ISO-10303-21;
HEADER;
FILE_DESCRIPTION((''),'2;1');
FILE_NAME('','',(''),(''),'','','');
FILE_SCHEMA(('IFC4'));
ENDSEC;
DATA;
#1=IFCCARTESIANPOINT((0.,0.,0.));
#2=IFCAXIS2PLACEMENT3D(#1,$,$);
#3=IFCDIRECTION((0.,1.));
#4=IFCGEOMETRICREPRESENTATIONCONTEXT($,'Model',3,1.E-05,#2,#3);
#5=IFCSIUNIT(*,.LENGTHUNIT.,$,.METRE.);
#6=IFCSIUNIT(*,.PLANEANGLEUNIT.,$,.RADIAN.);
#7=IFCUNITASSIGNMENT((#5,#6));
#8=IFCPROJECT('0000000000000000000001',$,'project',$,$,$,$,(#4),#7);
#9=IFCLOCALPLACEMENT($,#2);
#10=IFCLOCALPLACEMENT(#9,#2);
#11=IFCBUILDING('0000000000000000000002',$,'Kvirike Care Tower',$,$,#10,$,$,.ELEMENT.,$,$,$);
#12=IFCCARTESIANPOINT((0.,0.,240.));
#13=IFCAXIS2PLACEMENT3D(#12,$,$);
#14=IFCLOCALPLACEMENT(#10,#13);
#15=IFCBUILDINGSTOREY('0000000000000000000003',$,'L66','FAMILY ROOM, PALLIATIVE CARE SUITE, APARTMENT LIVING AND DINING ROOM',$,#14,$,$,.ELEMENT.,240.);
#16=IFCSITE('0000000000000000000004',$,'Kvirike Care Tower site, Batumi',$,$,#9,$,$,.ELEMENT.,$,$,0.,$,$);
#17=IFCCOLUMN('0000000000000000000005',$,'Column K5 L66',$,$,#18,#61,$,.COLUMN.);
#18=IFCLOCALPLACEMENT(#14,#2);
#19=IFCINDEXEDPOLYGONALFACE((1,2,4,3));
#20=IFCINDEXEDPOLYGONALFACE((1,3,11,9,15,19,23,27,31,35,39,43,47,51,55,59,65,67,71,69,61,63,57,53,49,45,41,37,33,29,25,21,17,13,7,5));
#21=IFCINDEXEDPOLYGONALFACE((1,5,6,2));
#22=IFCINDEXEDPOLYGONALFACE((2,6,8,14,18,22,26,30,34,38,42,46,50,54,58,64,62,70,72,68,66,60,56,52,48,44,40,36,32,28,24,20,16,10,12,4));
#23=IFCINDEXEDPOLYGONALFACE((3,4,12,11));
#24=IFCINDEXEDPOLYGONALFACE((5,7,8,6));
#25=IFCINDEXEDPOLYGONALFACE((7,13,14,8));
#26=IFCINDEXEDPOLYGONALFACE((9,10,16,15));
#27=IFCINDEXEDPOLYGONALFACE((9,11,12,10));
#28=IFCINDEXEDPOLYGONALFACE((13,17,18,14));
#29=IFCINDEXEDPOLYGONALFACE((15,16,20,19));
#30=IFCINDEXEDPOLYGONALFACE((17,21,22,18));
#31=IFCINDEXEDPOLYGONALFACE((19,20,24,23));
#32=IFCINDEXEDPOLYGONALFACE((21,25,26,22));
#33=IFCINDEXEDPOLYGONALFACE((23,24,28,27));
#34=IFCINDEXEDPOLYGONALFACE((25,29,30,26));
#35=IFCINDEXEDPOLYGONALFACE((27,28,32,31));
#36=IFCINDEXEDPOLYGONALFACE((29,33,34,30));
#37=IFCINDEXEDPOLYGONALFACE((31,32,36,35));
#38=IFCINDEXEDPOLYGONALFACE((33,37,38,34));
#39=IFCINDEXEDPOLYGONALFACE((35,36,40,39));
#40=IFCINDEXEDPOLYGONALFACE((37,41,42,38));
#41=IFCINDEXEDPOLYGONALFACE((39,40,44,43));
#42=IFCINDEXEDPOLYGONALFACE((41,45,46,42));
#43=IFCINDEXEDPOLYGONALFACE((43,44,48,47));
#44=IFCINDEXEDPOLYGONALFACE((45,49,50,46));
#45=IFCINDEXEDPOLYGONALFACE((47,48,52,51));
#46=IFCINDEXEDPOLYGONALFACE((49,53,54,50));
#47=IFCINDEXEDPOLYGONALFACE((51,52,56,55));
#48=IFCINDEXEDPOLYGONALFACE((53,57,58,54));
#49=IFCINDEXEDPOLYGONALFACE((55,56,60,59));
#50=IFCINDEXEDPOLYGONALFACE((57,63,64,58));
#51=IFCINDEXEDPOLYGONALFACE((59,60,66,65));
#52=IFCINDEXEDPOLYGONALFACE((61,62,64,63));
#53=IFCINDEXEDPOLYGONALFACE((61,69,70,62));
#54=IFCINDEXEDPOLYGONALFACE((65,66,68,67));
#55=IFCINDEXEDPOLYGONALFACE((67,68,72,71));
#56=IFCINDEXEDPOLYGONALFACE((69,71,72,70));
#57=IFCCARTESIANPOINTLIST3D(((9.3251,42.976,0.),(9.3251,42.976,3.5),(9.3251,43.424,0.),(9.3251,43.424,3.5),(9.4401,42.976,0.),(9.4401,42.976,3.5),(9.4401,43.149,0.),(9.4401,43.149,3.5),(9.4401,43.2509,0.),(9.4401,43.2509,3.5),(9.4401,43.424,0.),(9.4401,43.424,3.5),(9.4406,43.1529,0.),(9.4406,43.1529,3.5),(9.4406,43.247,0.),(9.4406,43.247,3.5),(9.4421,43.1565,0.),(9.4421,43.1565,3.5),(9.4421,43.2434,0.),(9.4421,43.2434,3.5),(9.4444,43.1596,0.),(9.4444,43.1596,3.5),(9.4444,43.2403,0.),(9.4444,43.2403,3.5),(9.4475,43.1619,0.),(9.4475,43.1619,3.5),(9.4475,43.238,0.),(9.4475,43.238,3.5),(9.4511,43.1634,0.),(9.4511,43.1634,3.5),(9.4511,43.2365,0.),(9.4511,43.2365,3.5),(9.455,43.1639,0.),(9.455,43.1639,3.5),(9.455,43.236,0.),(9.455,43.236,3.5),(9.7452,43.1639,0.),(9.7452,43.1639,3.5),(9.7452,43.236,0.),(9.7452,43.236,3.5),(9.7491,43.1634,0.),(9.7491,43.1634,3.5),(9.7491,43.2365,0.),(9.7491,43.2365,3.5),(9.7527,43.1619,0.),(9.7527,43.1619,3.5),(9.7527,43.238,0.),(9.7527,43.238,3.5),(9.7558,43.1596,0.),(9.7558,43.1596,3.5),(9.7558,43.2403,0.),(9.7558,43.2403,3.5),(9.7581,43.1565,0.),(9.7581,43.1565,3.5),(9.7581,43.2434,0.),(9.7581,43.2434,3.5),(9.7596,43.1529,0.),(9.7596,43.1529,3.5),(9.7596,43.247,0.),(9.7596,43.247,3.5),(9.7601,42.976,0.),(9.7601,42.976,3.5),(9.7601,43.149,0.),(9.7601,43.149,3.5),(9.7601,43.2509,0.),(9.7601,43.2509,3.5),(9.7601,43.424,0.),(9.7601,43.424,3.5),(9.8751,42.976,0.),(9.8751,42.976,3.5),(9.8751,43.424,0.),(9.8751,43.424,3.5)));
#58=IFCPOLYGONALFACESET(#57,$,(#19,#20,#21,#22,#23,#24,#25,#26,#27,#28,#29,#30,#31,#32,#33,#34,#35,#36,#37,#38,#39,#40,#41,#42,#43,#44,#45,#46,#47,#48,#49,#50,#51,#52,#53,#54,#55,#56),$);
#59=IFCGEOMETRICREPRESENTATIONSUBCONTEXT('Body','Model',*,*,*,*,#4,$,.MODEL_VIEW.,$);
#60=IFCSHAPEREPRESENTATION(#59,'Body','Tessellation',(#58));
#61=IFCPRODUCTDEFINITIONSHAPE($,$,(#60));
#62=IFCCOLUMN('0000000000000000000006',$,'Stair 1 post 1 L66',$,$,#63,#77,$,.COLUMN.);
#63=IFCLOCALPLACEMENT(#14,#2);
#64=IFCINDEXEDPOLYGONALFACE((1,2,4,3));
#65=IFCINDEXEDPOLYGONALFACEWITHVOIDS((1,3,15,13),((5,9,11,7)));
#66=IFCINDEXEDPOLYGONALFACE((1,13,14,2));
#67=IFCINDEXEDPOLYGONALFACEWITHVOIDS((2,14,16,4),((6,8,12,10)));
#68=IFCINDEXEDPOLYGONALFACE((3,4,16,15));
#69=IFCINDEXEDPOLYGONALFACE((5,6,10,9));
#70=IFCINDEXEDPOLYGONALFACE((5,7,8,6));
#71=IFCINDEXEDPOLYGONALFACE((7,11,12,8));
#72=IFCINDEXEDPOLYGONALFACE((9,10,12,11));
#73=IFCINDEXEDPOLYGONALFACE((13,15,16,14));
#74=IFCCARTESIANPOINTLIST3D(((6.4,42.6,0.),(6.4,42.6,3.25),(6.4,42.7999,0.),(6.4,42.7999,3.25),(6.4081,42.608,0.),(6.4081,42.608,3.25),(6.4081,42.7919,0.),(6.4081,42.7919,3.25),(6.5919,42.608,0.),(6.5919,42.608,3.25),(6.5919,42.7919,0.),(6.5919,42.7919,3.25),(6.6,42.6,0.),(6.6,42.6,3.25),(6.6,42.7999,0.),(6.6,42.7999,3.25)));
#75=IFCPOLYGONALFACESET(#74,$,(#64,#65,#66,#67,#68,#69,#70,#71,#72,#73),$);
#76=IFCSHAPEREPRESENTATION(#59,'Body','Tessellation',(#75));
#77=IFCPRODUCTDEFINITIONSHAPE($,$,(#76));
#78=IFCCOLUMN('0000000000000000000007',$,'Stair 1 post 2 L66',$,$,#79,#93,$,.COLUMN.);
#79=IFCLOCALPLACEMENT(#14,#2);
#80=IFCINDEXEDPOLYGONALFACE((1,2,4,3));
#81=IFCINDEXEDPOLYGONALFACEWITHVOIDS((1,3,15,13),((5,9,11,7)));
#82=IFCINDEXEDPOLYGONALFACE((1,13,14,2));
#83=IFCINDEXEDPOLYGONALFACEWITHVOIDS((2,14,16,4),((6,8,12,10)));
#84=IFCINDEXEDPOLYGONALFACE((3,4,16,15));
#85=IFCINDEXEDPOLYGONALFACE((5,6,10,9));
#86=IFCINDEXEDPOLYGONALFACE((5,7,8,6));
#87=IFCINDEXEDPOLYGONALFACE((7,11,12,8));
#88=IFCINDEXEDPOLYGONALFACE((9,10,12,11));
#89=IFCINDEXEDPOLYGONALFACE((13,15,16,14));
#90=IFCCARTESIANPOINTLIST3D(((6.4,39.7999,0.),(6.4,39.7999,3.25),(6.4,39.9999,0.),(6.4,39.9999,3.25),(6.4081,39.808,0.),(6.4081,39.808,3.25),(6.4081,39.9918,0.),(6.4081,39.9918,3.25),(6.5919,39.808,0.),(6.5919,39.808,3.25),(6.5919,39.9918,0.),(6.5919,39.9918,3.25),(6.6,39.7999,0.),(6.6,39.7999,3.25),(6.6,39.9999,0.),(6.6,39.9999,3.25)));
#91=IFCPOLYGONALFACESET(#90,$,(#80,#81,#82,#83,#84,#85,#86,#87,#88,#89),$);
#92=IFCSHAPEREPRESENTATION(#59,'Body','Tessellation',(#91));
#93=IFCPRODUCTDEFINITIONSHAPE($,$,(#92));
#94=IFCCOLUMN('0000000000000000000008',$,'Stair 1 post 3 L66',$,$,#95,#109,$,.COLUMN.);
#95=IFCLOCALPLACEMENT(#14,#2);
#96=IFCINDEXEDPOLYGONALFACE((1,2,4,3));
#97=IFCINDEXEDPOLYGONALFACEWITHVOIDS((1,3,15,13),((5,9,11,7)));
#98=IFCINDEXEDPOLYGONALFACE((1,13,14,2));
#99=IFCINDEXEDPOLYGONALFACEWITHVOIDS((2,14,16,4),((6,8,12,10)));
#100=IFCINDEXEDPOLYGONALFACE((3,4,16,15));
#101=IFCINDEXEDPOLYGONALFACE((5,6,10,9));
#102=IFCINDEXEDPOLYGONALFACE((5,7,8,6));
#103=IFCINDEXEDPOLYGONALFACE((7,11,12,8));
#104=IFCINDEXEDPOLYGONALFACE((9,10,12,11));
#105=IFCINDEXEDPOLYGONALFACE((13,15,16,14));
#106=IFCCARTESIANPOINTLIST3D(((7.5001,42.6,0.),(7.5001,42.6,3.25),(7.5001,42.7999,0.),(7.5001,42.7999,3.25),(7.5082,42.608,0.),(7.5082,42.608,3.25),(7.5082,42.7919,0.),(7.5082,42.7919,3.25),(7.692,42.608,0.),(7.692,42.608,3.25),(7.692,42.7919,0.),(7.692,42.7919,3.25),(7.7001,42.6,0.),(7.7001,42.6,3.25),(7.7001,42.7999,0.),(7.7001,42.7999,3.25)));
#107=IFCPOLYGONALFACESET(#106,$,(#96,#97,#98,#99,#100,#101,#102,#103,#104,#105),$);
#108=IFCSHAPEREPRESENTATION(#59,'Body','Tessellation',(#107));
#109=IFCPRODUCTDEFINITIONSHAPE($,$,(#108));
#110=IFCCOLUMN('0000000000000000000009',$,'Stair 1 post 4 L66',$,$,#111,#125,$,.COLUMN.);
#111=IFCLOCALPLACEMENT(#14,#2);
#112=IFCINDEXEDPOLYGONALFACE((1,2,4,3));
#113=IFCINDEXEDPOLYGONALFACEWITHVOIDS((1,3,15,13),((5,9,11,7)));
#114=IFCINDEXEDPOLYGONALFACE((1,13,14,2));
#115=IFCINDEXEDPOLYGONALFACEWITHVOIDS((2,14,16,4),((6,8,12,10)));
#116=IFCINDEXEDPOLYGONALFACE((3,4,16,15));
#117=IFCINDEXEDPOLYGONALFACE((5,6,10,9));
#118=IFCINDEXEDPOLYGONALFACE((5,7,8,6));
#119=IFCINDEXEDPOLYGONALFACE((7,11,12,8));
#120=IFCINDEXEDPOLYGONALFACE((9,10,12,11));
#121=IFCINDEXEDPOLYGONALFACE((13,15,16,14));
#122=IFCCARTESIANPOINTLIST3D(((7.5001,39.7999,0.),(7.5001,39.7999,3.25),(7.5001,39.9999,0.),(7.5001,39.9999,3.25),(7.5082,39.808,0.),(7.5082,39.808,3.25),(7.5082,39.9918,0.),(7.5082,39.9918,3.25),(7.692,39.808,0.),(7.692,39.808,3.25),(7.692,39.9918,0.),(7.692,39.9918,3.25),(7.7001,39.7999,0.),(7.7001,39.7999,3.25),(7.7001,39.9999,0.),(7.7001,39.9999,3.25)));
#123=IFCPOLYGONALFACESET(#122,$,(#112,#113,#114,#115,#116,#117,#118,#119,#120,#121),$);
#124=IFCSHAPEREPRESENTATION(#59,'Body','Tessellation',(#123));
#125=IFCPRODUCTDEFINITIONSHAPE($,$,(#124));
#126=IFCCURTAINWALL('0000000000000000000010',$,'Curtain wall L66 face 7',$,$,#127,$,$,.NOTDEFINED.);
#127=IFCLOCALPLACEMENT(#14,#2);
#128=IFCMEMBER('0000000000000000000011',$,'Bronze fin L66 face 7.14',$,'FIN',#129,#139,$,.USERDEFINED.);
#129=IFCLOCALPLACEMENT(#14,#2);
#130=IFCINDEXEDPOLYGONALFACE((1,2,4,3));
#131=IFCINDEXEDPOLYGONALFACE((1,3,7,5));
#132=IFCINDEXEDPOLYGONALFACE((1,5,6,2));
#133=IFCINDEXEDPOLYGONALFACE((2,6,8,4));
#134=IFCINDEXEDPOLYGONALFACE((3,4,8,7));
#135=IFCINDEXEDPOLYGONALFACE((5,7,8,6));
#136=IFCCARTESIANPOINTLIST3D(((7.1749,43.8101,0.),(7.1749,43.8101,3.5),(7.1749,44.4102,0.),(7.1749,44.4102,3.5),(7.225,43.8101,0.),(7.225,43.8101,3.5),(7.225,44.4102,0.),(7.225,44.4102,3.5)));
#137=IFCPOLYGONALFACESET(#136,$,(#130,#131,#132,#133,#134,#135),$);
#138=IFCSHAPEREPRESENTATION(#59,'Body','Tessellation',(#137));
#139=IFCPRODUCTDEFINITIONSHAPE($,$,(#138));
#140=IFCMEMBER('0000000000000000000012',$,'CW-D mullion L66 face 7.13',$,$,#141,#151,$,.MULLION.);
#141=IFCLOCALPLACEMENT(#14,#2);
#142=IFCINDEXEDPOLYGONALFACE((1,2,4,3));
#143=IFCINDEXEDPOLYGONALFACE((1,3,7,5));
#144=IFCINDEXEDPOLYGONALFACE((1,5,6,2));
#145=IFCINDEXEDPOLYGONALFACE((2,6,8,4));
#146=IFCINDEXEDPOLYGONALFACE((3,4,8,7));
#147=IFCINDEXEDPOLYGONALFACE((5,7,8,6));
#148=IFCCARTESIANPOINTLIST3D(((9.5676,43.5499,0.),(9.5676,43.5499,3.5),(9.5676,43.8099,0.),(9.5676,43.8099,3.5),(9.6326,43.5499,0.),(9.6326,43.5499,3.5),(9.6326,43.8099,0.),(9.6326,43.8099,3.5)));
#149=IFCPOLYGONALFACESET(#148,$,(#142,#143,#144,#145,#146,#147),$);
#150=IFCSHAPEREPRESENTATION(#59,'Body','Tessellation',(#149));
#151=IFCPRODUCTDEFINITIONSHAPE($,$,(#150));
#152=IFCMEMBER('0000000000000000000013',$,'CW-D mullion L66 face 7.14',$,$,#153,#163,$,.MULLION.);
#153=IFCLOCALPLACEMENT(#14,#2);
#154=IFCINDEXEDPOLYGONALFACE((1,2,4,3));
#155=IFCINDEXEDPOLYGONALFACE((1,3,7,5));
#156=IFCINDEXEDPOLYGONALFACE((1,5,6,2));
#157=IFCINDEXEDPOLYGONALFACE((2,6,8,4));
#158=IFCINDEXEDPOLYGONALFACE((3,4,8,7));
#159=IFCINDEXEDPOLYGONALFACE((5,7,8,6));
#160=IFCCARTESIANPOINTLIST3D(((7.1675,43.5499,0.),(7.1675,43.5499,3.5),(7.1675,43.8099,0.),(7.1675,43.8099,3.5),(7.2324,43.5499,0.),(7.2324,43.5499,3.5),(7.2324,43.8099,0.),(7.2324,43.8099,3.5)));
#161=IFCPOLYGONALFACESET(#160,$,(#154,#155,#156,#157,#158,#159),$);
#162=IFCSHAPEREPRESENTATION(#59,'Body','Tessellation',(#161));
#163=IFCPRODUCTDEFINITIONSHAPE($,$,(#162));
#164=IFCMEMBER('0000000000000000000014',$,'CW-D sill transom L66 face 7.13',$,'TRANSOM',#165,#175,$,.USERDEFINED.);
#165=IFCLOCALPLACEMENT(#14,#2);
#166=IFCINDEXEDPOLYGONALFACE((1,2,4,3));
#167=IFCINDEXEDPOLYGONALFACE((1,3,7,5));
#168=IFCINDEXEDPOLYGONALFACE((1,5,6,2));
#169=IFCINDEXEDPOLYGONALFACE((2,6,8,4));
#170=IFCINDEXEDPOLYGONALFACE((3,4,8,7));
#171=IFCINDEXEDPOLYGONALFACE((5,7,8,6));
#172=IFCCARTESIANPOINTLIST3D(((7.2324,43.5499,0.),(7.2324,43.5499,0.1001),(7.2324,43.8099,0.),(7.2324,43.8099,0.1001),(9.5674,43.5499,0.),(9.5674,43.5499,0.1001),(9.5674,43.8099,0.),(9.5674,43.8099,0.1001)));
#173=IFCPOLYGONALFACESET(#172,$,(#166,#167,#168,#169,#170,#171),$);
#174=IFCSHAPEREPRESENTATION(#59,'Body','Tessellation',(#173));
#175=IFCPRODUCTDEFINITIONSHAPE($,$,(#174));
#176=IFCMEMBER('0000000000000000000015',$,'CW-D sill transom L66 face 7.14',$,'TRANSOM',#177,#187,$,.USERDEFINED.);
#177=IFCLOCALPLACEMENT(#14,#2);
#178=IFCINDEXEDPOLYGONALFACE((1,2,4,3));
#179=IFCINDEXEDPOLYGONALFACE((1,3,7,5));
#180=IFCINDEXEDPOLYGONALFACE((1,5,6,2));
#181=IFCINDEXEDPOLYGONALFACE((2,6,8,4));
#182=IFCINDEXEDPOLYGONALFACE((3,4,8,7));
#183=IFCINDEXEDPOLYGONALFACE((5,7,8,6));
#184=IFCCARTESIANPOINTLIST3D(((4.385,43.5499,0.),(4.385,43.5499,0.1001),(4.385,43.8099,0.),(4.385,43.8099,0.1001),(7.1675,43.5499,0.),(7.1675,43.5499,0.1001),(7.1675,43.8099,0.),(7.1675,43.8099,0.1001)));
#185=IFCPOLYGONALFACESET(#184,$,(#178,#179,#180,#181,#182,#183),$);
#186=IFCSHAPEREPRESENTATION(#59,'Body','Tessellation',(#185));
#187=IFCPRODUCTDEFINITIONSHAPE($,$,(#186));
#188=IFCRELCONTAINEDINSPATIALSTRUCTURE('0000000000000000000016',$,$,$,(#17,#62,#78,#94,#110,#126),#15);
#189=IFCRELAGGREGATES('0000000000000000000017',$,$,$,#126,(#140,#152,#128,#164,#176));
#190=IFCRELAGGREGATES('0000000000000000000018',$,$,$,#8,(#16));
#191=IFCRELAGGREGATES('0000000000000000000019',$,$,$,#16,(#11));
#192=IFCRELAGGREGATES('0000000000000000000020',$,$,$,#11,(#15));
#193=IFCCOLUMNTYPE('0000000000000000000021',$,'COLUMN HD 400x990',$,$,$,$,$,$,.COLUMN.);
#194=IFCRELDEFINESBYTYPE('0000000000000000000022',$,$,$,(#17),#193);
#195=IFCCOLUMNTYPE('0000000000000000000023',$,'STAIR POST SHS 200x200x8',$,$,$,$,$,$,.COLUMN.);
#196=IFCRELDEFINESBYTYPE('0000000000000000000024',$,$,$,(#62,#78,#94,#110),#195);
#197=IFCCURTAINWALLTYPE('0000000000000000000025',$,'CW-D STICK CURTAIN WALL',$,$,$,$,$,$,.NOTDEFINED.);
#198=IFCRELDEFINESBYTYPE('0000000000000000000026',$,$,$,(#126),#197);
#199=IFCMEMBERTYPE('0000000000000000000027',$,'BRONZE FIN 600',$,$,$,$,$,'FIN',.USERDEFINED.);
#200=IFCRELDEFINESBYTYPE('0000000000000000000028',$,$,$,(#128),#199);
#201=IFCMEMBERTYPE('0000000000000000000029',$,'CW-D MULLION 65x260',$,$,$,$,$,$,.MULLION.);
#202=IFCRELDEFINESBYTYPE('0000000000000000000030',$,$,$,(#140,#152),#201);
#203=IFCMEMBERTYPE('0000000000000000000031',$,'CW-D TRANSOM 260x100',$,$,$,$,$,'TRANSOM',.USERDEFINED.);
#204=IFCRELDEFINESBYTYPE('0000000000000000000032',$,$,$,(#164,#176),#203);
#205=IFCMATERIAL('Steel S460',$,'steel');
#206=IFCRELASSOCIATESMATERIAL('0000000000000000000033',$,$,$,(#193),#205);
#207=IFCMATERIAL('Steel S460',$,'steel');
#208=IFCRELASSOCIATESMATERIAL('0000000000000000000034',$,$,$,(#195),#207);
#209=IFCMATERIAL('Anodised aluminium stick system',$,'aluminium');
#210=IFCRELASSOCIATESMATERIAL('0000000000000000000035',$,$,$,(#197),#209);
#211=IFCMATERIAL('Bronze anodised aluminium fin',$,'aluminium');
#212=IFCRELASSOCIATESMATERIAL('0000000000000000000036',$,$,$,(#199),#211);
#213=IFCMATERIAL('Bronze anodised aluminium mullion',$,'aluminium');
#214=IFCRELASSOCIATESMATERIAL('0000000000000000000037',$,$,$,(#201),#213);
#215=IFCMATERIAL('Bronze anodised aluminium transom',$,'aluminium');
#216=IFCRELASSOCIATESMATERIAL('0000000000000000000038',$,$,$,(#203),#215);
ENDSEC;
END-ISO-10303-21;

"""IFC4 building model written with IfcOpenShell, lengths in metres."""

from ifc_helpers import new_model, si_unit, direction, frame, origin, origin_2d, place, context, subcontext, project, spatial, rectangle, hollow_rectangle, i_section, extrude, material, material_profile, profile_set, type_object, element, aggregate, save


model = new_model("IFC4")

# Units and contexts
model_context = context("Model", 3, precision=1e-05, world=origin(), true_north=direction((0.0, 1.0)))
body_context = subcontext(model_context, "Body", "Model", "MODEL_VIEW")
ifc_project = project(units=[si_unit("LENGTHUNIT", "METRE"), si_unit("PLANEANGLEUNIT", "RADIAN")], contexts=[model_context])

# Site, building, storey
site_placement = place(None, origin())
site = spatial("IfcSite", under=ifc_project, at=site_placement, Name="Kvirike Care Tower site, Batumi", CompositionType="ELEMENT", RefElevation=0.0)
building_placement = place(site_placement, origin())
building = spatial("IfcBuilding", under=site, at=building_placement, Name="Kvirike Care Tower", CompositionType="ELEMENT")
storey_placement = place(building_placement, frame((0.0, 0.0, 240.0)))
storey = spatial("IfcBuildingStorey", under=building, at=storey_placement, Name="L66", Description="FAMILY ROOM, PALLIATIVE CARE SUITE, APARTMENT LIVING AND DINING ROOM", CompositionType="ELEMENT", Elevation=240.0)

# Columns
ifc_material_1 = material(Name="Steel S460", Category="steel")
ifc_material_profile_1 = material_profile(ifc_material_1, i_section(OverallWidth=0.448, OverallDepth=0.55, WebThickness=0.072, FlangeThickness=0.115, FilletRadius=0.0149, at=origin_2d()), Name="HD 400x990")
ifc_profile_set_1 = profile_set([ifc_material_profile_1], Name="Steel S460")
column_type_1 = type_object("IfcColumnType", Name="COLUMN HD 400x990", PredefinedType="COLUMN", material=ifc_profile_set_1)
column_placement = place(storey_placement, frame((9.6001, 43.2, 0.0), z_axis=(0.0, 0.0, 1.0), x_axis=(0.0, 1.0, 0.0)))
element("IfcColumn", 1, at=column_placement, inside=storey, type_object=column_type_1, Name="Column K5 L66", PredefinedType="COLUMN", context=body_context, shape_type="SweptSolid", body=[
    extrude(i_section(OverallWidth=0.448, OverallDepth=0.55, WebThickness=0.072, FlangeThickness=0.115, FilletRadius=0.0149, at=origin_2d()), origin(), (0.0, 0.0, 1.0), 3.5),
])
ifc_material_2 = material(Name="Steel S460", Category="steel")
ifc_material_profile_2 = material_profile(ifc_material_2, hollow_rectangle(XDim=0.2, YDim=0.2, WallThickness=0.0081, at=origin_2d()), Name="SHS 200x200x8")
ifc_profile_set_2 = profile_set([ifc_material_profile_2], Name="Steel S460")
column_type_2 = type_object("IfcColumnType", Name="STAIR POST SHS 200x200x8", PredefinedType="COLUMN", material=ifc_profile_set_2)
for number, where, z_axis, x_axis, name in (
    (2, (6.5, 42.7, 0.0), (0.0, 0.0, 1.0), (1.0, 0.0, 0.0), "Stair 1 post 1 L66"),
    (3, (6.5, 39.8999, 0.0), (0.0, 0.0, 1.0), (1.0, 0.0, 0.0), "Stair 1 post 2 L66"),
    (4, (7.6001, 42.7, 0.0), (0.0, 0.0, 1.0), (1.0, 0.0, 0.0), "Stair 1 post 3 L66"),
    (5, (7.6001, 39.8999, 0.0), (0.0, 0.0, 1.0), (1.0, 0.0, 0.0), "Stair 1 post 4 L66"),
):
    element("IfcColumn", number, at=place(storey_placement, frame(where, z_axis=z_axis, x_axis=x_axis)), inside=storey, type_object=column_type_2, Name=name, PredefinedType="COLUMN", context=body_context, shape_type="SweptSolid", body=[
        extrude(hollow_rectangle(XDim=0.2, YDim=0.2, WallThickness=0.0081, at=origin_2d()), origin(), (0.0, 0.0, 1.0), 3.25),
    ])

# Curtain wall, members
ifc_material_3 = material(Name="Anodised aluminium stick system", Category="aluminium")
curtain_wall_type = type_object("IfcCurtainWallType", Name="CW-D STICK CURTAIN WALL", PredefinedType="NOTDEFINED", material=ifc_material_3)
curtain_wall_placement = place(storey_placement, origin())
curtain_wall = element("IfcCurtainWall", 6, at=curtain_wall_placement, inside=storey, type_object=curtain_wall_type, Name="Curtain wall L66 face 7", PredefinedType="NOTDEFINED")
ifc_material_4 = material(Name="Bronze anodised aluminium fin", Category="aluminium")
ifc_material_profile_3 = material_profile(ifc_material_4, rectangle(XDim=0.05, YDim=0.6001, at=origin_2d()), Name="BRONZE FIN 600")
ifc_profile_set_3 = profile_set([ifc_material_profile_3], Name="Bronze anodised aluminium fin")
member_type_1 = type_object("IfcMemberType", Name="BRONZE FIN 600", ElementType="FIN", PredefinedType="USERDEFINED", material=ifc_profile_set_3)
member_1_placement = place(storey_placement, frame((7.2, 44.1101, 0.0), z_axis=(0.0, 0.0, 1.0), x_axis=(-1.0, 0.0, 0.0)))
member_1 = element("IfcMember", 7, at=member_1_placement, type_object=member_type_1, Name="Bronze fin L66 face 7.14", ObjectType="FIN", PredefinedType="USERDEFINED", context=body_context, shape_type="SweptSolid", body=[
    extrude(rectangle(XDim=0.05, YDim=0.6001, at=origin_2d()), origin(), (0.0, 0.0, 1.0), 3.5),
])
ifc_material_5 = material(Name="Bronze anodised aluminium mullion", Category="aluminium")
ifc_material_profile_4 = material_profile(ifc_material_5, rectangle(XDim=0.0649, YDim=0.26, at=origin_2d()), Name="CW-D MULLION 65x260")
ifc_profile_set_4 = profile_set([ifc_material_profile_4], Name="Bronze anodised aluminium mullion")
member_type_2 = type_object("IfcMemberType", Name="CW-D MULLION 65x260", PredefinedType="MULLION", material=ifc_profile_set_4)
member_2_placement = place(storey_placement, frame((9.6001, 43.6799, 0.0), z_axis=(0.0, 0.0, 1.0), x_axis=(-1.0, 0.0, 0.0)))
member_2 = element("IfcMember", 8, at=member_2_placement, type_object=member_type_2, Name="CW-D mullion L66 face 7.13", PredefinedType="MULLION", context=body_context, shape_type="SweptSolid", body=[
    extrude(rectangle(XDim=0.0649, YDim=0.26, at=origin_2d()), origin(), (0.0, 0.0, 1.0), 3.5),
])
member_3_placement = place(storey_placement, frame((7.2, 43.6799, 0.0), z_axis=(0.0, 0.0, 1.0), x_axis=(-1.0, 0.0, 0.0)))
member_3 = element("IfcMember", 9, at=member_3_placement, type_object=member_type_2, Name="CW-D mullion L66 face 7.14", PredefinedType="MULLION", context=body_context, shape_type="SweptSolid", body=[
    extrude(rectangle(XDim=0.0649, YDim=0.26, at=origin_2d()), origin(), (0.0, 0.0, 1.0), 3.5),
])
ifc_material_6 = material(Name="Bronze anodised aluminium transom", Category="aluminium")
ifc_material_profile_5 = material_profile(ifc_material_6, rectangle(XDim=0.26, YDim=0.1001, at=origin_2d()), Name="CW-D TRANSOM 260x100")
ifc_profile_set_5 = profile_set([ifc_material_profile_5], Name="Bronze anodised aluminium transom")
member_type_3 = type_object("IfcMemberType", Name="CW-D TRANSOM 260x100", ElementType="TRANSOM", PredefinedType="USERDEFINED", material=ifc_profile_set_5)
member_4_placement = place(storey_placement, frame((9.5674, 43.6799, 0.05), z_axis=(-1.0, 0.0, 0.0), x_axis=(0.0, -1.0, 0.0)))
member_4 = element("IfcMember", 10, at=member_4_placement, type_object=member_type_3, Name="CW-D sill transom L66 face 7.13", ObjectType="TRANSOM", PredefinedType="USERDEFINED", context=body_context, shape_type="SweptSolid", body=[
    extrude(rectangle(XDim=0.26, YDim=0.1001, at=origin_2d()), origin(), (0.0, 0.0, 1.0), 2.335),
])
member_5_placement = place(storey_placement, frame((7.1675, 43.6799, 0.05), z_axis=(-1.0, 0.0, 0.0), x_axis=(0.0, -1.0, 0.0)))
member_5 = element("IfcMember", 11, at=member_5_placement, type_object=member_type_3, Name="CW-D sill transom L66 face 7.14", ObjectType="TRANSOM", PredefinedType="USERDEFINED", context=body_context, shape_type="SweptSolid", body=[
    extrude(rectangle(XDim=0.26, YDim=0.1001, at=origin_2d()), origin(), (0.0, 0.0, 1.0), 2.7825),
])

aggregate(curtain_wall, [member_2, member_3, member_1, member_4, member_5])

save(model, "model.ifc")
